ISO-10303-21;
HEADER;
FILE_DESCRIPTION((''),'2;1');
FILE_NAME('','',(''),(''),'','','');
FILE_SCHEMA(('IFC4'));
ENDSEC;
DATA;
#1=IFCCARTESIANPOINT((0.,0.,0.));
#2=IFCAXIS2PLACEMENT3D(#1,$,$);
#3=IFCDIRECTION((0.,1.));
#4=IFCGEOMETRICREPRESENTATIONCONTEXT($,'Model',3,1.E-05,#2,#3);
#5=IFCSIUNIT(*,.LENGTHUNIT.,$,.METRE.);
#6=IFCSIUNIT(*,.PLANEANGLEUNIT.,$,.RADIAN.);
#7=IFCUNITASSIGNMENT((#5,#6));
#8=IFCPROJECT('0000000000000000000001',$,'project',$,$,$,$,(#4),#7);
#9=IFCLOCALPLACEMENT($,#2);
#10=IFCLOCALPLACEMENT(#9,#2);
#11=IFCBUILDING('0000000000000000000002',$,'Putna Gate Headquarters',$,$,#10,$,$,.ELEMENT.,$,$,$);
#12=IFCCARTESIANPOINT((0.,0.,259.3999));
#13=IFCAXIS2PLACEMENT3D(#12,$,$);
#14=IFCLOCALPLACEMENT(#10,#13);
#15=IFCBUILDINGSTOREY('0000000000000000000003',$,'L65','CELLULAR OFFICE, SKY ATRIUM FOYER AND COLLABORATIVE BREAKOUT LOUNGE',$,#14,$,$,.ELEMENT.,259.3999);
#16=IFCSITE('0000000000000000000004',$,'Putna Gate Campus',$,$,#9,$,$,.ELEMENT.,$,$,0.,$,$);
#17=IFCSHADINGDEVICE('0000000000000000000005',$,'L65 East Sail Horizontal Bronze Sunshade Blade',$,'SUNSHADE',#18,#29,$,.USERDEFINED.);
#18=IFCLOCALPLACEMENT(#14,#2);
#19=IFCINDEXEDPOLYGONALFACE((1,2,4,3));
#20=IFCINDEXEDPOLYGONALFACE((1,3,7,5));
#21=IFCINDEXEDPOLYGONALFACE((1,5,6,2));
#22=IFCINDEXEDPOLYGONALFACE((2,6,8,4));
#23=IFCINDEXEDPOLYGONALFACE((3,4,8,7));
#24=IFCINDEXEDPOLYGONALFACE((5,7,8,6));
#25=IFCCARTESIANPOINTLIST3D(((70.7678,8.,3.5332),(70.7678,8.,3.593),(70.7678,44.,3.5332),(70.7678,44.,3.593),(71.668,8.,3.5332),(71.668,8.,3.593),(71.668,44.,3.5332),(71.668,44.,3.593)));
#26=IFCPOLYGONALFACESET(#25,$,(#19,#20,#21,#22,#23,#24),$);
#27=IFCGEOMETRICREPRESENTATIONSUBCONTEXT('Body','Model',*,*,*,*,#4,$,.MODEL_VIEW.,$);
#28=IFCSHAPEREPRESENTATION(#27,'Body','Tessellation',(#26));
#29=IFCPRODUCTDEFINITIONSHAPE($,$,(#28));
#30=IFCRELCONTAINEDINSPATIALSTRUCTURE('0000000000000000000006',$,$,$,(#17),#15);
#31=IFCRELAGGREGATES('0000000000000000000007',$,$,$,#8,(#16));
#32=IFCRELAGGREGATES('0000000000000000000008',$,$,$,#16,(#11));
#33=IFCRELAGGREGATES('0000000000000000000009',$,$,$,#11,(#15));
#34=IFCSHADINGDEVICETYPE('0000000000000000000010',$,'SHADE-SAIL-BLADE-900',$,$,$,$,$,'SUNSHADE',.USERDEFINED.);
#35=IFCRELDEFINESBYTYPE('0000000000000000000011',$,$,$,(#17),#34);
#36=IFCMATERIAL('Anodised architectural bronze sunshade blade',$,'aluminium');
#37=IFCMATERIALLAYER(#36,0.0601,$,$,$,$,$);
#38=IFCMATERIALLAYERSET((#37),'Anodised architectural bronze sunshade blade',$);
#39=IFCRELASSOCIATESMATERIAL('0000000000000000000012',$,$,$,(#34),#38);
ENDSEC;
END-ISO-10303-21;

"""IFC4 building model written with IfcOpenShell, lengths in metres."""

from ifc_helpers import new_model, si_unit, direction, frame, origin, place, context, subcontext, project, spatial, polyline, outline, extrude, material, layer, layer_set, type_object, element, save


model = new_model("IFC4")

# Units and contexts
model_context = context("Model", 3, precision=1e-05, world=origin(), true_north=direction((0.0, 1.0)))
body_context = subcontext(model_context, "Body", "Model", "MODEL_VIEW")
ifc_project = project(units=[si_unit("LENGTHUNIT", "METRE"), si_unit("PLANEANGLEUNIT", "RADIAN")], contexts=[model_context])

# Site, building, storey
site_placement = place(None, origin())
site = spatial("IfcSite", under=ifc_project, at=site_placement, Name="Putna Gate Campus", CompositionType="ELEMENT", RefElevation=0.0)
building_placement = place(site_placement, origin())
building = spatial("IfcBuilding", under=site, at=building_placement, Name="Putna Gate Headquarters", CompositionType="ELEMENT")
storey_placement = place(building_placement, frame((0.0, 0.0, 259.3999)))
storey = spatial("IfcBuildingStorey", under=building, at=storey_placement, Name="L65", Description="CELLULAR OFFICE, SKY ATRIUM FOYER AND COLLABORATIVE BREAKOUT LOUNGE", CompositionType="ELEMENT", Elevation=259.3999)

# Shading device
ifc_material_1 = material(Name="Anodised architectural bronze sunshade blade", Category="aluminium")
ifc_layer_1 = layer(ifc_material_1, 0.0601)
ifc_layer_set_1 = layer_set([ifc_layer_1], Name="Anodised architectural bronze sunshade blade")
shading_device_type_1 = type_object("IfcShadingDeviceType", Name="SHADE-SAIL-BLADE-900", ElementType="SUNSHADE", PredefinedType="USERDEFINED", material=ifc_layer_set_1)
shading_device_placement = place(storey_placement, frame((0.0, 0.0, 3.5332)))
element("IfcShadingDevice", 1, at=shading_device_placement, inside=storey, type_object=shading_device_type_1, Name="L65 East Sail Horizontal Bronze Sunshade Blade", ObjectType="SUNSHADE", PredefinedType="USERDEFINED", context=body_context, shape_type="SweptSolid", body=[
    extrude(outline(polyline([(70.7678, 8.0), (71.668, 8.0), (71.668, 44.0), (70.7678, 44.0), (70.7678, 8.0)])), origin(), (0.0, 0.0, 1.0), 0.0598),
])

save(model, "model.ifc")
